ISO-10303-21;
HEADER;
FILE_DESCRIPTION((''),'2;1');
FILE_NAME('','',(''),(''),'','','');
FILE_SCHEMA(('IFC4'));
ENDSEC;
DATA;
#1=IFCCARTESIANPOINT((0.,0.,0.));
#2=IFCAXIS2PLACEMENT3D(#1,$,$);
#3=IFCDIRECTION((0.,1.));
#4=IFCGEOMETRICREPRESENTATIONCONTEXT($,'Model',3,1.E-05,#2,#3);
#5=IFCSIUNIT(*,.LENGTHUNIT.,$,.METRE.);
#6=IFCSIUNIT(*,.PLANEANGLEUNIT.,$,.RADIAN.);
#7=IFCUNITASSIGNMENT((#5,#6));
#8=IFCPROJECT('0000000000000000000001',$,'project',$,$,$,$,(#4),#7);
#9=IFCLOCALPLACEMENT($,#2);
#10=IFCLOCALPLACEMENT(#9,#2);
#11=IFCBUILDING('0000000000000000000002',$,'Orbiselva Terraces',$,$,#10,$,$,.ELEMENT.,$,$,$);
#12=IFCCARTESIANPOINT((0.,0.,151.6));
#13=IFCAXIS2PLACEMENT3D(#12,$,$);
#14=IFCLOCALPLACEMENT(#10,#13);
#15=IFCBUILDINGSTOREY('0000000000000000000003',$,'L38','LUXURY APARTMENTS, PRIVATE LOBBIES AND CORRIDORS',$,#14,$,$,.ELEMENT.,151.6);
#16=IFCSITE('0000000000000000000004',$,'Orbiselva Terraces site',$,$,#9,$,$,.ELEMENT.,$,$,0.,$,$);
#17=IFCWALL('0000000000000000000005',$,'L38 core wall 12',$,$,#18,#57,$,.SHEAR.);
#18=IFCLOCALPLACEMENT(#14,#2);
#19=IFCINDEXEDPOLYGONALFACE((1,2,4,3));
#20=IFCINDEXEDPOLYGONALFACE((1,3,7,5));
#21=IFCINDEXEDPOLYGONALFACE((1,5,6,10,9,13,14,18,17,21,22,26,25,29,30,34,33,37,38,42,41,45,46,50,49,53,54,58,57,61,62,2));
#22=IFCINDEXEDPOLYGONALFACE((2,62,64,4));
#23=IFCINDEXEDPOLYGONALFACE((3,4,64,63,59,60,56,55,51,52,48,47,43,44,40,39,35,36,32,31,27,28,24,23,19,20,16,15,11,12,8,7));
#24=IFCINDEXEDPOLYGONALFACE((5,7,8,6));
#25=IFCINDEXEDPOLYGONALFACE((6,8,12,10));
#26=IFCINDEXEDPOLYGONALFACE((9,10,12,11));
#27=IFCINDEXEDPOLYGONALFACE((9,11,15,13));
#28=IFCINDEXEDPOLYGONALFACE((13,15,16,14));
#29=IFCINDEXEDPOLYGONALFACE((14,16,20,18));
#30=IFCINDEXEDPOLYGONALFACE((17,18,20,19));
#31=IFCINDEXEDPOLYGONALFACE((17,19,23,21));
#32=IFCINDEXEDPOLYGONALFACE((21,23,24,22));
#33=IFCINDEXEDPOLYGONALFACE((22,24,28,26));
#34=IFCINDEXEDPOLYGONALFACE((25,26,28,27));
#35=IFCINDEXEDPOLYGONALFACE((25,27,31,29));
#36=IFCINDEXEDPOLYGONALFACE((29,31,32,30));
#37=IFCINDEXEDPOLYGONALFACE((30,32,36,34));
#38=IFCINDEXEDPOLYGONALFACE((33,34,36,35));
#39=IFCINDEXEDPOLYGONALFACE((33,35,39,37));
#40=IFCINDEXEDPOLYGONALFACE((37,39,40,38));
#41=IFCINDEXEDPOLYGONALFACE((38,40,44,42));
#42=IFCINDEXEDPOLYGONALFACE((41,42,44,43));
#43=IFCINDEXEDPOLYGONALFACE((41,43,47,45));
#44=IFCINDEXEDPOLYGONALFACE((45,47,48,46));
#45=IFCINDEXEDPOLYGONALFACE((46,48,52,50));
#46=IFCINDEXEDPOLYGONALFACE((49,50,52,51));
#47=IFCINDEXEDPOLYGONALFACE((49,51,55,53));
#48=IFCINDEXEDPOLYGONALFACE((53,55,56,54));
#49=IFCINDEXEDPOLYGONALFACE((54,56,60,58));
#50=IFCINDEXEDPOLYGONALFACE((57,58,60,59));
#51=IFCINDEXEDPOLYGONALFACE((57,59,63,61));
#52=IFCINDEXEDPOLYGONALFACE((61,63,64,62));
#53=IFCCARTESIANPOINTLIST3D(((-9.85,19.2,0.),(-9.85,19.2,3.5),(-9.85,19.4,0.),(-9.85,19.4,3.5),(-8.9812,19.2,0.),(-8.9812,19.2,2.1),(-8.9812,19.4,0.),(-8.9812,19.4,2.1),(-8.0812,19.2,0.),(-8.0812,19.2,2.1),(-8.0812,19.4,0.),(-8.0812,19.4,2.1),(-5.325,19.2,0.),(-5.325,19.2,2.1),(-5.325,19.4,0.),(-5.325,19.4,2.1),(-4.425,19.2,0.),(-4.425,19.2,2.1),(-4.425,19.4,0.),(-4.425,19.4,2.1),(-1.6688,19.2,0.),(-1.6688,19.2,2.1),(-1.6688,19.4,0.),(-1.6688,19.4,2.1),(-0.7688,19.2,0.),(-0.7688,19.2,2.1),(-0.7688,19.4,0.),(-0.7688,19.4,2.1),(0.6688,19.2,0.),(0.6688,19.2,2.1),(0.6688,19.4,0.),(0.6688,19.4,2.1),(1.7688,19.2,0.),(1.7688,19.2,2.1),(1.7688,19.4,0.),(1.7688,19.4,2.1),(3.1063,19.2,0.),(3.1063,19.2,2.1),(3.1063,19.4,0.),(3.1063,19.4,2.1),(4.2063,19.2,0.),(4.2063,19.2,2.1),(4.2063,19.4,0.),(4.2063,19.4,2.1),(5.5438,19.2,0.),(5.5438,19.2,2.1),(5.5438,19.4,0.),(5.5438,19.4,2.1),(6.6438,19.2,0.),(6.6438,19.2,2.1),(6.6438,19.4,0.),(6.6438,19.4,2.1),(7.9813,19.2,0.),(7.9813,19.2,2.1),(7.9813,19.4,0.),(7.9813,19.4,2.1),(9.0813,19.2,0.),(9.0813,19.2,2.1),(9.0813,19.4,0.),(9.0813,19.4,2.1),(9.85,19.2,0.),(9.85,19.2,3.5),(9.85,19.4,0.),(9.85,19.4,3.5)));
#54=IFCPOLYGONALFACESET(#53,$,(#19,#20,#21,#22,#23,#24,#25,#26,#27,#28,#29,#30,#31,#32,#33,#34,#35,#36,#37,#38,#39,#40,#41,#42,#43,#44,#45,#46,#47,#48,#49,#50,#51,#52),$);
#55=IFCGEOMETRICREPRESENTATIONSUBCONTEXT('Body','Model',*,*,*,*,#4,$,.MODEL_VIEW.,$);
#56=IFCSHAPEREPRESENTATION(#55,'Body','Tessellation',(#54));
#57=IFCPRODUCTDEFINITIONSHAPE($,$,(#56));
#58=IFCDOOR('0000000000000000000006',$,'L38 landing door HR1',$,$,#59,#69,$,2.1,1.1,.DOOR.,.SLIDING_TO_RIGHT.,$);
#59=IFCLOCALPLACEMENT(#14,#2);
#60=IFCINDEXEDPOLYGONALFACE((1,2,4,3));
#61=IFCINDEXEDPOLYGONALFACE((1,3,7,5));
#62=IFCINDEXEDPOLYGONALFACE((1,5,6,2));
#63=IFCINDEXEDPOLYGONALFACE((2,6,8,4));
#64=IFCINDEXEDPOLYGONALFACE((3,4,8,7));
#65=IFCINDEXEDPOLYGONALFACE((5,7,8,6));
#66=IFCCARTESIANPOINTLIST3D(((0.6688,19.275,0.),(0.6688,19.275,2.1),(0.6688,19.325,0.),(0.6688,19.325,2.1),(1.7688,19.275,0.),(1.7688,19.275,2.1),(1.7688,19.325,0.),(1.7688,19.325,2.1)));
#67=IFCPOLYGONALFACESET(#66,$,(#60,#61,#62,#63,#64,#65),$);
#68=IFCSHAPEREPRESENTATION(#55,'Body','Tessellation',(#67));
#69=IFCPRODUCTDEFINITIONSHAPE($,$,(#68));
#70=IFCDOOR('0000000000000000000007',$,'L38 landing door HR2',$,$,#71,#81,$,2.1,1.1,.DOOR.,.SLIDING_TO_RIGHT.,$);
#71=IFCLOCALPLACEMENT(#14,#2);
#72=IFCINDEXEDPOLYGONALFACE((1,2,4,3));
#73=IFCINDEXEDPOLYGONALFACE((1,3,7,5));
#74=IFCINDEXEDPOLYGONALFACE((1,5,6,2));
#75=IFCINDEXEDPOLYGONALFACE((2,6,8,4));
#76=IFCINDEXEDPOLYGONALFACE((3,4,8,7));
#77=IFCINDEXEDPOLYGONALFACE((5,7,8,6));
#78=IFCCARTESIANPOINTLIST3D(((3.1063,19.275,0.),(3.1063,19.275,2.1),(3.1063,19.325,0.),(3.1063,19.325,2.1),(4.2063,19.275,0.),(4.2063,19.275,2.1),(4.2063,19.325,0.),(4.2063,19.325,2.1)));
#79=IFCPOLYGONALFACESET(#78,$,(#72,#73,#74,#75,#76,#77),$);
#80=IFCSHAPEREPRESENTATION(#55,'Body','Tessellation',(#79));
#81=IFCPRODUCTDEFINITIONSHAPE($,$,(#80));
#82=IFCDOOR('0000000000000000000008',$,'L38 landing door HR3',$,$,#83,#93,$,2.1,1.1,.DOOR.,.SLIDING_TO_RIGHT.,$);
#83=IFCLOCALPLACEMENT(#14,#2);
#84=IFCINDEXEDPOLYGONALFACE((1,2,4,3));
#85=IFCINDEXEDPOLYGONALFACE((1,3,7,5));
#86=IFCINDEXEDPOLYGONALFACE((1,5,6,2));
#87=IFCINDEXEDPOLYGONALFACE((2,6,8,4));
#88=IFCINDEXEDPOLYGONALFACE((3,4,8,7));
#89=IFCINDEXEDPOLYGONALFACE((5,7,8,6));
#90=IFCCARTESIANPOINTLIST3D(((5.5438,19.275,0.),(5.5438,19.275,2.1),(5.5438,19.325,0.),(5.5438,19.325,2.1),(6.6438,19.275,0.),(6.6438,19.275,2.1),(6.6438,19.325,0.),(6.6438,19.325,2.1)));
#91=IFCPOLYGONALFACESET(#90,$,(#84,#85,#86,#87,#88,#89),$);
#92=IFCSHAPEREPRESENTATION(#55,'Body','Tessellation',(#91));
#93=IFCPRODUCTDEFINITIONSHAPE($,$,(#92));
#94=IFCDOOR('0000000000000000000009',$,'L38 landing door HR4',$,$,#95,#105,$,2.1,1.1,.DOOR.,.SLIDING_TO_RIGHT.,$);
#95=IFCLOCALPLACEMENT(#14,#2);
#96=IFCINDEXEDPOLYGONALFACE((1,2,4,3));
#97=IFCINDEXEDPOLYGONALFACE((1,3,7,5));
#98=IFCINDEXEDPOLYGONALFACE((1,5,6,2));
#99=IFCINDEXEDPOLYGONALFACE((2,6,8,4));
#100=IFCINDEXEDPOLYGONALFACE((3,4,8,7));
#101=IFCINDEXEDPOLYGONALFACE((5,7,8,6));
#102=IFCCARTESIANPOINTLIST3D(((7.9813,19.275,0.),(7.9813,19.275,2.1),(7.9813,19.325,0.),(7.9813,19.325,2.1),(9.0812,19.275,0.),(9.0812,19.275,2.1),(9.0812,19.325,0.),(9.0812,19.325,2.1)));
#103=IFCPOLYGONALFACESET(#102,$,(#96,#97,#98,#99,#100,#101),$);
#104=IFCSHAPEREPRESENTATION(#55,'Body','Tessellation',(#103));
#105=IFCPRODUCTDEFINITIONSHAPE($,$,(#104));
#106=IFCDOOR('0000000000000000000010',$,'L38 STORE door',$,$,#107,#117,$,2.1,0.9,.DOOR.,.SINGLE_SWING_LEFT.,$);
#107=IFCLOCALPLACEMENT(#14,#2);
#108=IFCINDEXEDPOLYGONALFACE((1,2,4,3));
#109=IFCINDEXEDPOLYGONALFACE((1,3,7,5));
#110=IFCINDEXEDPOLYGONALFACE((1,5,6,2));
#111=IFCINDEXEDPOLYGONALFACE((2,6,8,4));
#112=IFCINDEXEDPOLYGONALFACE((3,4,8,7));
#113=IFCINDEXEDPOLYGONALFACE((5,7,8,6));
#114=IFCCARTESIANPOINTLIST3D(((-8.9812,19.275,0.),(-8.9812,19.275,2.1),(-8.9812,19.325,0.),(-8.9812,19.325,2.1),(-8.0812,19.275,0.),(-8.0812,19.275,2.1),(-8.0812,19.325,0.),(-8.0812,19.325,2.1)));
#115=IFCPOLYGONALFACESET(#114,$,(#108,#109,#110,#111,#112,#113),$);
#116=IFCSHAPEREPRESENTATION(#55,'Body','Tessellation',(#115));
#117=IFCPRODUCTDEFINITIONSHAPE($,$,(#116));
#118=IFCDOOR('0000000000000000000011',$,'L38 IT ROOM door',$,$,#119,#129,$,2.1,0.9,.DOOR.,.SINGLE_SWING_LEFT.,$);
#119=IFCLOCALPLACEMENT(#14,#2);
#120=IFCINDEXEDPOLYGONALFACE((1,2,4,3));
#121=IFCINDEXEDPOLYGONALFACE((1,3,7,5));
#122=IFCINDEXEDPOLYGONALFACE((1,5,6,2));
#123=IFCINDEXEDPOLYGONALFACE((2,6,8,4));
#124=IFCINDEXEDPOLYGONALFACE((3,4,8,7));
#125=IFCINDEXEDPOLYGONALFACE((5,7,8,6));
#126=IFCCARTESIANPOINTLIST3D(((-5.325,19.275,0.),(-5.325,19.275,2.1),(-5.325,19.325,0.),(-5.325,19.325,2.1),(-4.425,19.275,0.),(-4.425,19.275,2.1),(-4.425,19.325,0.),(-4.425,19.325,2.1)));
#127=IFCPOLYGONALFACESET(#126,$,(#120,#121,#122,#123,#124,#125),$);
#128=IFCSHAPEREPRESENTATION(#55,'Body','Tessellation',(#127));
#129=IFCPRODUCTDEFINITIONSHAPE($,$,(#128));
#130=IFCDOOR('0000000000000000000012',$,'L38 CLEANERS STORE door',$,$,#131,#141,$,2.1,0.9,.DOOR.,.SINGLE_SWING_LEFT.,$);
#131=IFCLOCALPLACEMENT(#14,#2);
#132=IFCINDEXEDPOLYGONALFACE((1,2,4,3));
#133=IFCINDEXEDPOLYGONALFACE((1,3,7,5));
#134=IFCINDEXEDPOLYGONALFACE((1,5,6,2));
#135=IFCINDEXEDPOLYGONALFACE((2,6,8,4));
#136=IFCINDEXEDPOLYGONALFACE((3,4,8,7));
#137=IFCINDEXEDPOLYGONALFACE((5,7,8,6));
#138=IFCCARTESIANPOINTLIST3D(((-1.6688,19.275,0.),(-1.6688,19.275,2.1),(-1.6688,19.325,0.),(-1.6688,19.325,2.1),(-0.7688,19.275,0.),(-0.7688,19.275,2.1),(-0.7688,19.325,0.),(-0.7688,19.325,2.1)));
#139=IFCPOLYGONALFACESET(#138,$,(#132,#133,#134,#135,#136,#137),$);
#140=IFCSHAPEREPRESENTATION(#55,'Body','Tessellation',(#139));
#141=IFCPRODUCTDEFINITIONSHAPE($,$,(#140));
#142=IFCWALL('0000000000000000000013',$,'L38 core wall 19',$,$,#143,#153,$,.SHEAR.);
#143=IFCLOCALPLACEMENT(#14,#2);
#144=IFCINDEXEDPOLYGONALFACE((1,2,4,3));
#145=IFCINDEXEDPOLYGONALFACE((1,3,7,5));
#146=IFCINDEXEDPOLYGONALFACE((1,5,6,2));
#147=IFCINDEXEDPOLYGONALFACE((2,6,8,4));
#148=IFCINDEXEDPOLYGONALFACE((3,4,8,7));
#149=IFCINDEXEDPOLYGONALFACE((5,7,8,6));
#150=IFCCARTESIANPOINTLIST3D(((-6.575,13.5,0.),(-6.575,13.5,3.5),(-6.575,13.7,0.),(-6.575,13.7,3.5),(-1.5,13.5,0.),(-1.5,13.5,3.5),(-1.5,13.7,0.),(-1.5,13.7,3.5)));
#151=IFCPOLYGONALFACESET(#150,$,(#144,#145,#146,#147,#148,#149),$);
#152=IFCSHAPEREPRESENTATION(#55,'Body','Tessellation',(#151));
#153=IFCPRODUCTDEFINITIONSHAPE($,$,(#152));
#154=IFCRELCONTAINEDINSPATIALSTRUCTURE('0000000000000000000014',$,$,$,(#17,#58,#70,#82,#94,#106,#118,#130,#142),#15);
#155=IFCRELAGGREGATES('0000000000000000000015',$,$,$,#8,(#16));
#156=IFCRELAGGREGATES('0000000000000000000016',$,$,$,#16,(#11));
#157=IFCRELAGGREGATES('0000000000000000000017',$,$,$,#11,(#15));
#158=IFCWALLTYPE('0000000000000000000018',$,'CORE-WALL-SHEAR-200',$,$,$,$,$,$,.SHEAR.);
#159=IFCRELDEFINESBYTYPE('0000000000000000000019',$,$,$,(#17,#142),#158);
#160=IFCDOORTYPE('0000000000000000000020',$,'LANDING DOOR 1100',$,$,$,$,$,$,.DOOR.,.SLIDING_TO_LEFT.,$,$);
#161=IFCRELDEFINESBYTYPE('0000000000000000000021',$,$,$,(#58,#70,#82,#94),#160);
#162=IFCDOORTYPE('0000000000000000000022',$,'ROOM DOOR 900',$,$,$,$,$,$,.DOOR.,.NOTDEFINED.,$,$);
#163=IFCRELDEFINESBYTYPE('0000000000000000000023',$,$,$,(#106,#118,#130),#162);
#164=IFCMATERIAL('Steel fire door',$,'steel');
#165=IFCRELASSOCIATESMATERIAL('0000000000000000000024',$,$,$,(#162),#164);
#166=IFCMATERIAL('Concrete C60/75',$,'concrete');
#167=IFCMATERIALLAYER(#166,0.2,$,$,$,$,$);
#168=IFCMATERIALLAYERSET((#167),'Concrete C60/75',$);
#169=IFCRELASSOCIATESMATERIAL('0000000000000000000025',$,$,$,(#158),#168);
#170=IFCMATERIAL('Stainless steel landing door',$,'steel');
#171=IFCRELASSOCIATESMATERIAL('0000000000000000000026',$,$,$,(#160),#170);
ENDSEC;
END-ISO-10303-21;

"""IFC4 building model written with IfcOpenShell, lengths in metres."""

from ifc_helpers import new_model, si_unit, direction, frame, frame_2d, origin, place, context, subcontext, project, spatial, rectangle, extrude, material, layer, layer_set, type_object, element, fill, save


model = new_model("IFC4")

# Units and contexts
model_context = context("Model", 3, precision=1e-05, world=origin(), true_north=direction((0.0, 1.0)))
body_context = subcontext(model_context, "Body", "Model", "MODEL_VIEW")
ifc_project = project(units=[si_unit("LENGTHUNIT", "METRE"), si_unit("PLANEANGLEUNIT", "RADIAN")], contexts=[model_context])

# Site, building, storey
site_placement = place(None, origin())
site = spatial("IfcSite", under=ifc_project, at=site_placement, Name="Orbiselva Terraces site", CompositionType="ELEMENT", RefElevation=0.0)
building_placement = place(site_placement, origin())
building = spatial("IfcBuilding", under=site, at=building_placement, Name="Orbiselva Terraces", CompositionType="ELEMENT")
storey_placement = place(building_placement, frame((0.0, 0.0, 151.6)))
storey = spatial("IfcBuildingStorey", under=building, at=storey_placement, Name="L38", Description="LUXURY APARTMENTS, PRIVATE LOBBIES AND CORRIDORS", CompositionType="ELEMENT", Elevation=151.6)

# Shared definitions
ifc_material_1 = material(Name="Steel fire door", Category="steel")
door_type_1 = type_object("IfcDoorType", Name="ROOM DOOR 900", OperationType="NOTDEFINED", PredefinedType="DOOR", material=ifc_material_1)

# Shared definitions
ifc_material_2 = material(Name="Concrete C60/75", Category="concrete")
ifc_layer_1 = layer(ifc_material_2, 0.2)
ifc_layer_set_1 = layer_set([ifc_layer_1], Name="Concrete C60/75")
wall_type_1 = type_object("IfcWallType", Name="CORE-WALL-SHEAR-200", PredefinedType="SHEAR", material=ifc_layer_set_1)

# Wall, openings, doors
wall_1_placement = place(storey_placement, frame((-9.85, 19.3, 0.0), z_axis=(0.0, 0.0, 1.0), x_axis=(1.0, 0.0, 0.0)))
wall_1 = element("IfcWall", 1, at=wall_1_placement, inside=storey, type_object=wall_type_1, Name="L38 core wall 12", PredefinedType="SHEAR", context=body_context, shape_type="SweptSolid", body=[
    extrude(rectangle(XDim=19.7, YDim=0.2, at=frame_2d((9.85, 0.0))), origin(), (0.0, 0.0, 1.0), 3.5),
])
opening_1_placement = place(wall_1_placement, frame((10.5188, 0.0, 0.0)))
opening_1 = element("IfcOpeningElement", 2, at=opening_1_placement, cuts=wall_1, PredefinedType="OPENING", context=body_context, shape_type="SweptSolid", body=[
    extrude(rectangle(XDim=1.1, YDim=2.1, at=frame_2d((0.55, 1.05))), frame((0.0, 0.11, 0.0), z_axis=(0.0, -1.0, 0.0), x_axis=(1.0, 0.0, 0.0)), (0.0, 0.0, 1.0), 0.22),
])
opening_2_placement = place(wall_1_placement, frame((12.9563, 0.0, 0.0)))
opening_2 = element("IfcOpeningElement", 3, at=opening_2_placement, cuts=wall_1, PredefinedType="OPENING", context=body_context, shape_type="SweptSolid", body=[
    extrude(rectangle(XDim=1.1, YDim=2.1, at=frame_2d((0.55, 1.05))), frame((0.0, 0.11, 0.0), z_axis=(0.0, -1.0, 0.0), x_axis=(1.0, 0.0, 0.0)), (0.0, 0.0, 1.0), 0.22),
])
opening_3_placement = place(wall_1_placement, frame((15.3938, 0.0, 0.0)))
opening_3 = element("IfcOpeningElement", 4, at=opening_3_placement, cuts=wall_1, PredefinedType="OPENING", context=body_context, shape_type="SweptSolid", body=[
    extrude(rectangle(XDim=1.1, YDim=2.1, at=frame_2d((0.55, 1.05))), frame((0.0, 0.11, 0.0), z_axis=(0.0, -1.0, 0.0), x_axis=(1.0, 0.0, 0.0)), (0.0, 0.0, 1.0), 0.22),
])
opening_4_placement = place(wall_1_placement, frame((17.8313, 0.0, 0.0)))
opening_4 = element("IfcOpeningElement", 5, at=opening_4_placement, cuts=wall_1, PredefinedType="OPENING", context=body_context, shape_type="SweptSolid", body=[
    extrude(rectangle(XDim=1.1, YDim=2.1, at=frame_2d((0.55, 1.05))), frame((0.0, 0.11, 0.0), z_axis=(0.0, -1.0, 0.0), x_axis=(1.0, 0.0, 0.0)), (0.0, 0.0, 1.0), 0.22),
])
opening_5_placement = place(wall_1_placement, frame((0.8688, 0.0, 0.0)))
opening_5 = element("IfcOpeningElement", 6, at=opening_5_placement, cuts=wall_1, PredefinedType="OPENING", context=body_context, shape_type="SweptSolid", body=[
    extrude(rectangle(XDim=0.9, YDim=2.1, at=frame_2d((0.45, 1.05))), frame((0.0, 0.11, 0.0), z_axis=(0.0, -1.0, 0.0), x_axis=(1.0, 0.0, 0.0)), (0.0, 0.0, 1.0), 0.22),
])
opening_6_placement = place(wall_1_placement, frame((4.525, 0.0, 0.0)))
opening_6 = element("IfcOpeningElement", 7, at=opening_6_placement, cuts=wall_1, PredefinedType="OPENING", context=body_context, shape_type="SweptSolid", body=[
    extrude(rectangle(XDim=0.9, YDim=2.1, at=frame_2d((0.45, 1.05))), frame((0.0, 0.11, 0.0), z_axis=(0.0, -1.0, 0.0), x_axis=(1.0, 0.0, 0.0)), (0.0, 0.0, 1.0), 0.22),
])
opening_7_placement = place(wall_1_placement, frame((8.1812, 0.0, 0.0)))
opening_7 = element("IfcOpeningElement", 8, at=opening_7_placement, cuts=wall_1, PredefinedType="OPENING", context=body_context, shape_type="SweptSolid", body=[
    extrude(rectangle(XDim=0.9, YDim=2.1, at=frame_2d((0.45, 1.05))), frame((0.0, 0.11, 0.0), z_axis=(0.0, -1.0, 0.0), x_axis=(1.0, 0.0, 0.0)), (0.0, 0.0, 1.0), 0.22),
])
ifc_material_3 = material(Name="Stainless steel landing door", Category="steel")
door_type_2 = type_object("IfcDoorType", Name="LANDING DOOR 1100", OperationType="SLIDING_TO_LEFT", PredefinedType="DOOR", material=ifc_material_3)
door_1_placement = place(opening_1_placement, origin())
door_1 = element("IfcDoor", 9, at=door_1_placement, inside=storey, type_object=door_type_2, Name="L38 landing door HR1", OperationType="SLIDING_TO_RIGHT", OverallHeight=2.1, OverallWidth=1.1, PredefinedType="DOOR", context=body_context, shape_type="SweptSolid", body=[
    extrude(rectangle(XDim=1.1, YDim=2.1, at=frame_2d((0.55, 1.05))), frame((0.0, 0.025, 0.0), z_axis=(0.0, -1.0, 0.0), x_axis=(1.0, 0.0, 0.0)), (0.0, 0.0, 1.0), 0.05),
])
fill(opening_1, door_1)
door_2_placement = place(opening_2_placement, origin())
door_2 = element("IfcDoor", 10, at=door_2_placement, inside=storey, type_object=door_type_2, Name="L38 landing door HR2", OperationType="SLIDING_TO_RIGHT", OverallHeight=2.1, OverallWidth=1.1, PredefinedType="DOOR", context=body_context, shape_type="SweptSolid", body=[
    extrude(rectangle(XDim=1.1, YDim=2.1, at=frame_2d((0.55, 1.05))), frame((0.0, 0.025, 0.0), z_axis=(0.0, -1.0, 0.0), x_axis=(1.0, 0.0, 0.0)), (0.0, 0.0, 1.0), 0.05),
])
fill(opening_2, door_2)
door_3_placement = place(opening_3_placement, origin())
door_3 = element("IfcDoor", 11, at=door_3_placement, inside=storey, type_object=door_type_2, Name="L38 landing door HR3", OperationType="SLIDING_TO_RIGHT", OverallHeight=2.1, OverallWidth=1.1, PredefinedType="DOOR", context=body_context, shape_type="SweptSolid", body=[
    extrude(rectangle(XDim=1.1, YDim=2.1, at=frame_2d((0.55, 1.05))), frame((0.0, 0.025, 0.0), z_axis=(0.0, -1.0, 0.0), x_axis=(1.0, 0.0, 0.0)), (0.0, 0.0, 1.0), 0.05),
])
fill(opening_3, door_3)
door_4_placement = place(opening_4_placement, origin())
door_4 = element("IfcDoor", 12, at=door_4_placement, inside=storey, type_object=door_type_2, Name="L38 landing door HR4", OperationType="SLIDING_TO_RIGHT", OverallHeight=2.1, OverallWidth=1.1, PredefinedType="DOOR", context=body_context, shape_type="SweptSolid", body=[
    extrude(rectangle(XDim=1.1, YDim=2.1, at=frame_2d((0.55, 1.05))), frame((0.0, 0.025, 0.0), z_axis=(0.0, -1.0, 0.0), x_axis=(1.0, 0.0, 0.0)), (0.0, 0.0, 1.0), 0.05),
])
fill(opening_4, door_4)
door_5_placement = place(opening_5_placement, origin())
door_5 = element("IfcDoor", 13, at=door_5_placement, inside=storey, type_object=door_type_1, Name="L38 STORE door", OperationType="SINGLE_SWING_LEFT", OverallHeight=2.1, OverallWidth=0.9, PredefinedType="DOOR", context=body_context, shape_type="SweptSolid", body=[
    extrude(rectangle(XDim=0.9, YDim=2.1, at=frame_2d((0.45, 1.05))), frame((0.0, 0.025, 0.0), z_axis=(0.0, -1.0, 0.0), x_axis=(1.0, 0.0, 0.0)), (0.0, 0.0, 1.0), 0.05),
])
fill(opening_5, door_5)
door_6_placement = place(opening_6_placement, origin())
door_6 = element("IfcDoor", 14, at=door_6_placement, inside=storey, type_object=door_type_1, Name="L38 IT ROOM door", OperationType="SINGLE_SWING_LEFT", OverallHeight=2.1, OverallWidth=0.9, PredefinedType="DOOR", context=body_context, shape_type="SweptSolid", body=[
    extrude(rectangle(XDim=0.9, YDim=2.1, at=frame_2d((0.45, 1.05))), frame((0.0, 0.025, 0.0), z_axis=(0.0, -1.0, 0.0), x_axis=(1.0, 0.0, 0.0)), (0.0, 0.0, 1.0), 0.05),
])
fill(opening_6, door_6)
door_7_placement = place(opening_7_placement, origin())
door_7 = element("IfcDoor", 15, at=door_7_placement, inside=storey, type_object=door_type_1, Name="L38 CLEANERS STORE door", OperationType="SINGLE_SWING_LEFT", OverallHeight=2.1, OverallWidth=0.9, PredefinedType="DOOR", context=body_context, shape_type="SweptSolid", body=[
    extrude(rectangle(XDim=0.9, YDim=2.1, at=frame_2d((0.45, 1.05))), frame((0.0, 0.025, 0.0), z_axis=(0.0, -1.0, 0.0), x_axis=(1.0, 0.0, 0.0)), (0.0, 0.0, 1.0), 0.05),
])
fill(opening_7, door_7)

# Wall
wall_2_placement = place(storey_placement, frame((-6.575, 13.6, 0.0), z_axis=(0.0, 0.0, 1.0), x_axis=(1.0, 0.0, 0.0)))
element("IfcWall", 16, at=wall_2_placement, inside=storey, type_object=wall_type_1, Name="L38 core wall 19", PredefinedType="SHEAR", context=body_context, shape_type="SweptSolid", body=[
    extrude(rectangle(XDim=5.075, YDim=0.2, at=frame_2d((2.5375, 0.0))), origin(), (0.0, 0.0, 1.0), 3.5),
])

save(model, "model.ifc")
